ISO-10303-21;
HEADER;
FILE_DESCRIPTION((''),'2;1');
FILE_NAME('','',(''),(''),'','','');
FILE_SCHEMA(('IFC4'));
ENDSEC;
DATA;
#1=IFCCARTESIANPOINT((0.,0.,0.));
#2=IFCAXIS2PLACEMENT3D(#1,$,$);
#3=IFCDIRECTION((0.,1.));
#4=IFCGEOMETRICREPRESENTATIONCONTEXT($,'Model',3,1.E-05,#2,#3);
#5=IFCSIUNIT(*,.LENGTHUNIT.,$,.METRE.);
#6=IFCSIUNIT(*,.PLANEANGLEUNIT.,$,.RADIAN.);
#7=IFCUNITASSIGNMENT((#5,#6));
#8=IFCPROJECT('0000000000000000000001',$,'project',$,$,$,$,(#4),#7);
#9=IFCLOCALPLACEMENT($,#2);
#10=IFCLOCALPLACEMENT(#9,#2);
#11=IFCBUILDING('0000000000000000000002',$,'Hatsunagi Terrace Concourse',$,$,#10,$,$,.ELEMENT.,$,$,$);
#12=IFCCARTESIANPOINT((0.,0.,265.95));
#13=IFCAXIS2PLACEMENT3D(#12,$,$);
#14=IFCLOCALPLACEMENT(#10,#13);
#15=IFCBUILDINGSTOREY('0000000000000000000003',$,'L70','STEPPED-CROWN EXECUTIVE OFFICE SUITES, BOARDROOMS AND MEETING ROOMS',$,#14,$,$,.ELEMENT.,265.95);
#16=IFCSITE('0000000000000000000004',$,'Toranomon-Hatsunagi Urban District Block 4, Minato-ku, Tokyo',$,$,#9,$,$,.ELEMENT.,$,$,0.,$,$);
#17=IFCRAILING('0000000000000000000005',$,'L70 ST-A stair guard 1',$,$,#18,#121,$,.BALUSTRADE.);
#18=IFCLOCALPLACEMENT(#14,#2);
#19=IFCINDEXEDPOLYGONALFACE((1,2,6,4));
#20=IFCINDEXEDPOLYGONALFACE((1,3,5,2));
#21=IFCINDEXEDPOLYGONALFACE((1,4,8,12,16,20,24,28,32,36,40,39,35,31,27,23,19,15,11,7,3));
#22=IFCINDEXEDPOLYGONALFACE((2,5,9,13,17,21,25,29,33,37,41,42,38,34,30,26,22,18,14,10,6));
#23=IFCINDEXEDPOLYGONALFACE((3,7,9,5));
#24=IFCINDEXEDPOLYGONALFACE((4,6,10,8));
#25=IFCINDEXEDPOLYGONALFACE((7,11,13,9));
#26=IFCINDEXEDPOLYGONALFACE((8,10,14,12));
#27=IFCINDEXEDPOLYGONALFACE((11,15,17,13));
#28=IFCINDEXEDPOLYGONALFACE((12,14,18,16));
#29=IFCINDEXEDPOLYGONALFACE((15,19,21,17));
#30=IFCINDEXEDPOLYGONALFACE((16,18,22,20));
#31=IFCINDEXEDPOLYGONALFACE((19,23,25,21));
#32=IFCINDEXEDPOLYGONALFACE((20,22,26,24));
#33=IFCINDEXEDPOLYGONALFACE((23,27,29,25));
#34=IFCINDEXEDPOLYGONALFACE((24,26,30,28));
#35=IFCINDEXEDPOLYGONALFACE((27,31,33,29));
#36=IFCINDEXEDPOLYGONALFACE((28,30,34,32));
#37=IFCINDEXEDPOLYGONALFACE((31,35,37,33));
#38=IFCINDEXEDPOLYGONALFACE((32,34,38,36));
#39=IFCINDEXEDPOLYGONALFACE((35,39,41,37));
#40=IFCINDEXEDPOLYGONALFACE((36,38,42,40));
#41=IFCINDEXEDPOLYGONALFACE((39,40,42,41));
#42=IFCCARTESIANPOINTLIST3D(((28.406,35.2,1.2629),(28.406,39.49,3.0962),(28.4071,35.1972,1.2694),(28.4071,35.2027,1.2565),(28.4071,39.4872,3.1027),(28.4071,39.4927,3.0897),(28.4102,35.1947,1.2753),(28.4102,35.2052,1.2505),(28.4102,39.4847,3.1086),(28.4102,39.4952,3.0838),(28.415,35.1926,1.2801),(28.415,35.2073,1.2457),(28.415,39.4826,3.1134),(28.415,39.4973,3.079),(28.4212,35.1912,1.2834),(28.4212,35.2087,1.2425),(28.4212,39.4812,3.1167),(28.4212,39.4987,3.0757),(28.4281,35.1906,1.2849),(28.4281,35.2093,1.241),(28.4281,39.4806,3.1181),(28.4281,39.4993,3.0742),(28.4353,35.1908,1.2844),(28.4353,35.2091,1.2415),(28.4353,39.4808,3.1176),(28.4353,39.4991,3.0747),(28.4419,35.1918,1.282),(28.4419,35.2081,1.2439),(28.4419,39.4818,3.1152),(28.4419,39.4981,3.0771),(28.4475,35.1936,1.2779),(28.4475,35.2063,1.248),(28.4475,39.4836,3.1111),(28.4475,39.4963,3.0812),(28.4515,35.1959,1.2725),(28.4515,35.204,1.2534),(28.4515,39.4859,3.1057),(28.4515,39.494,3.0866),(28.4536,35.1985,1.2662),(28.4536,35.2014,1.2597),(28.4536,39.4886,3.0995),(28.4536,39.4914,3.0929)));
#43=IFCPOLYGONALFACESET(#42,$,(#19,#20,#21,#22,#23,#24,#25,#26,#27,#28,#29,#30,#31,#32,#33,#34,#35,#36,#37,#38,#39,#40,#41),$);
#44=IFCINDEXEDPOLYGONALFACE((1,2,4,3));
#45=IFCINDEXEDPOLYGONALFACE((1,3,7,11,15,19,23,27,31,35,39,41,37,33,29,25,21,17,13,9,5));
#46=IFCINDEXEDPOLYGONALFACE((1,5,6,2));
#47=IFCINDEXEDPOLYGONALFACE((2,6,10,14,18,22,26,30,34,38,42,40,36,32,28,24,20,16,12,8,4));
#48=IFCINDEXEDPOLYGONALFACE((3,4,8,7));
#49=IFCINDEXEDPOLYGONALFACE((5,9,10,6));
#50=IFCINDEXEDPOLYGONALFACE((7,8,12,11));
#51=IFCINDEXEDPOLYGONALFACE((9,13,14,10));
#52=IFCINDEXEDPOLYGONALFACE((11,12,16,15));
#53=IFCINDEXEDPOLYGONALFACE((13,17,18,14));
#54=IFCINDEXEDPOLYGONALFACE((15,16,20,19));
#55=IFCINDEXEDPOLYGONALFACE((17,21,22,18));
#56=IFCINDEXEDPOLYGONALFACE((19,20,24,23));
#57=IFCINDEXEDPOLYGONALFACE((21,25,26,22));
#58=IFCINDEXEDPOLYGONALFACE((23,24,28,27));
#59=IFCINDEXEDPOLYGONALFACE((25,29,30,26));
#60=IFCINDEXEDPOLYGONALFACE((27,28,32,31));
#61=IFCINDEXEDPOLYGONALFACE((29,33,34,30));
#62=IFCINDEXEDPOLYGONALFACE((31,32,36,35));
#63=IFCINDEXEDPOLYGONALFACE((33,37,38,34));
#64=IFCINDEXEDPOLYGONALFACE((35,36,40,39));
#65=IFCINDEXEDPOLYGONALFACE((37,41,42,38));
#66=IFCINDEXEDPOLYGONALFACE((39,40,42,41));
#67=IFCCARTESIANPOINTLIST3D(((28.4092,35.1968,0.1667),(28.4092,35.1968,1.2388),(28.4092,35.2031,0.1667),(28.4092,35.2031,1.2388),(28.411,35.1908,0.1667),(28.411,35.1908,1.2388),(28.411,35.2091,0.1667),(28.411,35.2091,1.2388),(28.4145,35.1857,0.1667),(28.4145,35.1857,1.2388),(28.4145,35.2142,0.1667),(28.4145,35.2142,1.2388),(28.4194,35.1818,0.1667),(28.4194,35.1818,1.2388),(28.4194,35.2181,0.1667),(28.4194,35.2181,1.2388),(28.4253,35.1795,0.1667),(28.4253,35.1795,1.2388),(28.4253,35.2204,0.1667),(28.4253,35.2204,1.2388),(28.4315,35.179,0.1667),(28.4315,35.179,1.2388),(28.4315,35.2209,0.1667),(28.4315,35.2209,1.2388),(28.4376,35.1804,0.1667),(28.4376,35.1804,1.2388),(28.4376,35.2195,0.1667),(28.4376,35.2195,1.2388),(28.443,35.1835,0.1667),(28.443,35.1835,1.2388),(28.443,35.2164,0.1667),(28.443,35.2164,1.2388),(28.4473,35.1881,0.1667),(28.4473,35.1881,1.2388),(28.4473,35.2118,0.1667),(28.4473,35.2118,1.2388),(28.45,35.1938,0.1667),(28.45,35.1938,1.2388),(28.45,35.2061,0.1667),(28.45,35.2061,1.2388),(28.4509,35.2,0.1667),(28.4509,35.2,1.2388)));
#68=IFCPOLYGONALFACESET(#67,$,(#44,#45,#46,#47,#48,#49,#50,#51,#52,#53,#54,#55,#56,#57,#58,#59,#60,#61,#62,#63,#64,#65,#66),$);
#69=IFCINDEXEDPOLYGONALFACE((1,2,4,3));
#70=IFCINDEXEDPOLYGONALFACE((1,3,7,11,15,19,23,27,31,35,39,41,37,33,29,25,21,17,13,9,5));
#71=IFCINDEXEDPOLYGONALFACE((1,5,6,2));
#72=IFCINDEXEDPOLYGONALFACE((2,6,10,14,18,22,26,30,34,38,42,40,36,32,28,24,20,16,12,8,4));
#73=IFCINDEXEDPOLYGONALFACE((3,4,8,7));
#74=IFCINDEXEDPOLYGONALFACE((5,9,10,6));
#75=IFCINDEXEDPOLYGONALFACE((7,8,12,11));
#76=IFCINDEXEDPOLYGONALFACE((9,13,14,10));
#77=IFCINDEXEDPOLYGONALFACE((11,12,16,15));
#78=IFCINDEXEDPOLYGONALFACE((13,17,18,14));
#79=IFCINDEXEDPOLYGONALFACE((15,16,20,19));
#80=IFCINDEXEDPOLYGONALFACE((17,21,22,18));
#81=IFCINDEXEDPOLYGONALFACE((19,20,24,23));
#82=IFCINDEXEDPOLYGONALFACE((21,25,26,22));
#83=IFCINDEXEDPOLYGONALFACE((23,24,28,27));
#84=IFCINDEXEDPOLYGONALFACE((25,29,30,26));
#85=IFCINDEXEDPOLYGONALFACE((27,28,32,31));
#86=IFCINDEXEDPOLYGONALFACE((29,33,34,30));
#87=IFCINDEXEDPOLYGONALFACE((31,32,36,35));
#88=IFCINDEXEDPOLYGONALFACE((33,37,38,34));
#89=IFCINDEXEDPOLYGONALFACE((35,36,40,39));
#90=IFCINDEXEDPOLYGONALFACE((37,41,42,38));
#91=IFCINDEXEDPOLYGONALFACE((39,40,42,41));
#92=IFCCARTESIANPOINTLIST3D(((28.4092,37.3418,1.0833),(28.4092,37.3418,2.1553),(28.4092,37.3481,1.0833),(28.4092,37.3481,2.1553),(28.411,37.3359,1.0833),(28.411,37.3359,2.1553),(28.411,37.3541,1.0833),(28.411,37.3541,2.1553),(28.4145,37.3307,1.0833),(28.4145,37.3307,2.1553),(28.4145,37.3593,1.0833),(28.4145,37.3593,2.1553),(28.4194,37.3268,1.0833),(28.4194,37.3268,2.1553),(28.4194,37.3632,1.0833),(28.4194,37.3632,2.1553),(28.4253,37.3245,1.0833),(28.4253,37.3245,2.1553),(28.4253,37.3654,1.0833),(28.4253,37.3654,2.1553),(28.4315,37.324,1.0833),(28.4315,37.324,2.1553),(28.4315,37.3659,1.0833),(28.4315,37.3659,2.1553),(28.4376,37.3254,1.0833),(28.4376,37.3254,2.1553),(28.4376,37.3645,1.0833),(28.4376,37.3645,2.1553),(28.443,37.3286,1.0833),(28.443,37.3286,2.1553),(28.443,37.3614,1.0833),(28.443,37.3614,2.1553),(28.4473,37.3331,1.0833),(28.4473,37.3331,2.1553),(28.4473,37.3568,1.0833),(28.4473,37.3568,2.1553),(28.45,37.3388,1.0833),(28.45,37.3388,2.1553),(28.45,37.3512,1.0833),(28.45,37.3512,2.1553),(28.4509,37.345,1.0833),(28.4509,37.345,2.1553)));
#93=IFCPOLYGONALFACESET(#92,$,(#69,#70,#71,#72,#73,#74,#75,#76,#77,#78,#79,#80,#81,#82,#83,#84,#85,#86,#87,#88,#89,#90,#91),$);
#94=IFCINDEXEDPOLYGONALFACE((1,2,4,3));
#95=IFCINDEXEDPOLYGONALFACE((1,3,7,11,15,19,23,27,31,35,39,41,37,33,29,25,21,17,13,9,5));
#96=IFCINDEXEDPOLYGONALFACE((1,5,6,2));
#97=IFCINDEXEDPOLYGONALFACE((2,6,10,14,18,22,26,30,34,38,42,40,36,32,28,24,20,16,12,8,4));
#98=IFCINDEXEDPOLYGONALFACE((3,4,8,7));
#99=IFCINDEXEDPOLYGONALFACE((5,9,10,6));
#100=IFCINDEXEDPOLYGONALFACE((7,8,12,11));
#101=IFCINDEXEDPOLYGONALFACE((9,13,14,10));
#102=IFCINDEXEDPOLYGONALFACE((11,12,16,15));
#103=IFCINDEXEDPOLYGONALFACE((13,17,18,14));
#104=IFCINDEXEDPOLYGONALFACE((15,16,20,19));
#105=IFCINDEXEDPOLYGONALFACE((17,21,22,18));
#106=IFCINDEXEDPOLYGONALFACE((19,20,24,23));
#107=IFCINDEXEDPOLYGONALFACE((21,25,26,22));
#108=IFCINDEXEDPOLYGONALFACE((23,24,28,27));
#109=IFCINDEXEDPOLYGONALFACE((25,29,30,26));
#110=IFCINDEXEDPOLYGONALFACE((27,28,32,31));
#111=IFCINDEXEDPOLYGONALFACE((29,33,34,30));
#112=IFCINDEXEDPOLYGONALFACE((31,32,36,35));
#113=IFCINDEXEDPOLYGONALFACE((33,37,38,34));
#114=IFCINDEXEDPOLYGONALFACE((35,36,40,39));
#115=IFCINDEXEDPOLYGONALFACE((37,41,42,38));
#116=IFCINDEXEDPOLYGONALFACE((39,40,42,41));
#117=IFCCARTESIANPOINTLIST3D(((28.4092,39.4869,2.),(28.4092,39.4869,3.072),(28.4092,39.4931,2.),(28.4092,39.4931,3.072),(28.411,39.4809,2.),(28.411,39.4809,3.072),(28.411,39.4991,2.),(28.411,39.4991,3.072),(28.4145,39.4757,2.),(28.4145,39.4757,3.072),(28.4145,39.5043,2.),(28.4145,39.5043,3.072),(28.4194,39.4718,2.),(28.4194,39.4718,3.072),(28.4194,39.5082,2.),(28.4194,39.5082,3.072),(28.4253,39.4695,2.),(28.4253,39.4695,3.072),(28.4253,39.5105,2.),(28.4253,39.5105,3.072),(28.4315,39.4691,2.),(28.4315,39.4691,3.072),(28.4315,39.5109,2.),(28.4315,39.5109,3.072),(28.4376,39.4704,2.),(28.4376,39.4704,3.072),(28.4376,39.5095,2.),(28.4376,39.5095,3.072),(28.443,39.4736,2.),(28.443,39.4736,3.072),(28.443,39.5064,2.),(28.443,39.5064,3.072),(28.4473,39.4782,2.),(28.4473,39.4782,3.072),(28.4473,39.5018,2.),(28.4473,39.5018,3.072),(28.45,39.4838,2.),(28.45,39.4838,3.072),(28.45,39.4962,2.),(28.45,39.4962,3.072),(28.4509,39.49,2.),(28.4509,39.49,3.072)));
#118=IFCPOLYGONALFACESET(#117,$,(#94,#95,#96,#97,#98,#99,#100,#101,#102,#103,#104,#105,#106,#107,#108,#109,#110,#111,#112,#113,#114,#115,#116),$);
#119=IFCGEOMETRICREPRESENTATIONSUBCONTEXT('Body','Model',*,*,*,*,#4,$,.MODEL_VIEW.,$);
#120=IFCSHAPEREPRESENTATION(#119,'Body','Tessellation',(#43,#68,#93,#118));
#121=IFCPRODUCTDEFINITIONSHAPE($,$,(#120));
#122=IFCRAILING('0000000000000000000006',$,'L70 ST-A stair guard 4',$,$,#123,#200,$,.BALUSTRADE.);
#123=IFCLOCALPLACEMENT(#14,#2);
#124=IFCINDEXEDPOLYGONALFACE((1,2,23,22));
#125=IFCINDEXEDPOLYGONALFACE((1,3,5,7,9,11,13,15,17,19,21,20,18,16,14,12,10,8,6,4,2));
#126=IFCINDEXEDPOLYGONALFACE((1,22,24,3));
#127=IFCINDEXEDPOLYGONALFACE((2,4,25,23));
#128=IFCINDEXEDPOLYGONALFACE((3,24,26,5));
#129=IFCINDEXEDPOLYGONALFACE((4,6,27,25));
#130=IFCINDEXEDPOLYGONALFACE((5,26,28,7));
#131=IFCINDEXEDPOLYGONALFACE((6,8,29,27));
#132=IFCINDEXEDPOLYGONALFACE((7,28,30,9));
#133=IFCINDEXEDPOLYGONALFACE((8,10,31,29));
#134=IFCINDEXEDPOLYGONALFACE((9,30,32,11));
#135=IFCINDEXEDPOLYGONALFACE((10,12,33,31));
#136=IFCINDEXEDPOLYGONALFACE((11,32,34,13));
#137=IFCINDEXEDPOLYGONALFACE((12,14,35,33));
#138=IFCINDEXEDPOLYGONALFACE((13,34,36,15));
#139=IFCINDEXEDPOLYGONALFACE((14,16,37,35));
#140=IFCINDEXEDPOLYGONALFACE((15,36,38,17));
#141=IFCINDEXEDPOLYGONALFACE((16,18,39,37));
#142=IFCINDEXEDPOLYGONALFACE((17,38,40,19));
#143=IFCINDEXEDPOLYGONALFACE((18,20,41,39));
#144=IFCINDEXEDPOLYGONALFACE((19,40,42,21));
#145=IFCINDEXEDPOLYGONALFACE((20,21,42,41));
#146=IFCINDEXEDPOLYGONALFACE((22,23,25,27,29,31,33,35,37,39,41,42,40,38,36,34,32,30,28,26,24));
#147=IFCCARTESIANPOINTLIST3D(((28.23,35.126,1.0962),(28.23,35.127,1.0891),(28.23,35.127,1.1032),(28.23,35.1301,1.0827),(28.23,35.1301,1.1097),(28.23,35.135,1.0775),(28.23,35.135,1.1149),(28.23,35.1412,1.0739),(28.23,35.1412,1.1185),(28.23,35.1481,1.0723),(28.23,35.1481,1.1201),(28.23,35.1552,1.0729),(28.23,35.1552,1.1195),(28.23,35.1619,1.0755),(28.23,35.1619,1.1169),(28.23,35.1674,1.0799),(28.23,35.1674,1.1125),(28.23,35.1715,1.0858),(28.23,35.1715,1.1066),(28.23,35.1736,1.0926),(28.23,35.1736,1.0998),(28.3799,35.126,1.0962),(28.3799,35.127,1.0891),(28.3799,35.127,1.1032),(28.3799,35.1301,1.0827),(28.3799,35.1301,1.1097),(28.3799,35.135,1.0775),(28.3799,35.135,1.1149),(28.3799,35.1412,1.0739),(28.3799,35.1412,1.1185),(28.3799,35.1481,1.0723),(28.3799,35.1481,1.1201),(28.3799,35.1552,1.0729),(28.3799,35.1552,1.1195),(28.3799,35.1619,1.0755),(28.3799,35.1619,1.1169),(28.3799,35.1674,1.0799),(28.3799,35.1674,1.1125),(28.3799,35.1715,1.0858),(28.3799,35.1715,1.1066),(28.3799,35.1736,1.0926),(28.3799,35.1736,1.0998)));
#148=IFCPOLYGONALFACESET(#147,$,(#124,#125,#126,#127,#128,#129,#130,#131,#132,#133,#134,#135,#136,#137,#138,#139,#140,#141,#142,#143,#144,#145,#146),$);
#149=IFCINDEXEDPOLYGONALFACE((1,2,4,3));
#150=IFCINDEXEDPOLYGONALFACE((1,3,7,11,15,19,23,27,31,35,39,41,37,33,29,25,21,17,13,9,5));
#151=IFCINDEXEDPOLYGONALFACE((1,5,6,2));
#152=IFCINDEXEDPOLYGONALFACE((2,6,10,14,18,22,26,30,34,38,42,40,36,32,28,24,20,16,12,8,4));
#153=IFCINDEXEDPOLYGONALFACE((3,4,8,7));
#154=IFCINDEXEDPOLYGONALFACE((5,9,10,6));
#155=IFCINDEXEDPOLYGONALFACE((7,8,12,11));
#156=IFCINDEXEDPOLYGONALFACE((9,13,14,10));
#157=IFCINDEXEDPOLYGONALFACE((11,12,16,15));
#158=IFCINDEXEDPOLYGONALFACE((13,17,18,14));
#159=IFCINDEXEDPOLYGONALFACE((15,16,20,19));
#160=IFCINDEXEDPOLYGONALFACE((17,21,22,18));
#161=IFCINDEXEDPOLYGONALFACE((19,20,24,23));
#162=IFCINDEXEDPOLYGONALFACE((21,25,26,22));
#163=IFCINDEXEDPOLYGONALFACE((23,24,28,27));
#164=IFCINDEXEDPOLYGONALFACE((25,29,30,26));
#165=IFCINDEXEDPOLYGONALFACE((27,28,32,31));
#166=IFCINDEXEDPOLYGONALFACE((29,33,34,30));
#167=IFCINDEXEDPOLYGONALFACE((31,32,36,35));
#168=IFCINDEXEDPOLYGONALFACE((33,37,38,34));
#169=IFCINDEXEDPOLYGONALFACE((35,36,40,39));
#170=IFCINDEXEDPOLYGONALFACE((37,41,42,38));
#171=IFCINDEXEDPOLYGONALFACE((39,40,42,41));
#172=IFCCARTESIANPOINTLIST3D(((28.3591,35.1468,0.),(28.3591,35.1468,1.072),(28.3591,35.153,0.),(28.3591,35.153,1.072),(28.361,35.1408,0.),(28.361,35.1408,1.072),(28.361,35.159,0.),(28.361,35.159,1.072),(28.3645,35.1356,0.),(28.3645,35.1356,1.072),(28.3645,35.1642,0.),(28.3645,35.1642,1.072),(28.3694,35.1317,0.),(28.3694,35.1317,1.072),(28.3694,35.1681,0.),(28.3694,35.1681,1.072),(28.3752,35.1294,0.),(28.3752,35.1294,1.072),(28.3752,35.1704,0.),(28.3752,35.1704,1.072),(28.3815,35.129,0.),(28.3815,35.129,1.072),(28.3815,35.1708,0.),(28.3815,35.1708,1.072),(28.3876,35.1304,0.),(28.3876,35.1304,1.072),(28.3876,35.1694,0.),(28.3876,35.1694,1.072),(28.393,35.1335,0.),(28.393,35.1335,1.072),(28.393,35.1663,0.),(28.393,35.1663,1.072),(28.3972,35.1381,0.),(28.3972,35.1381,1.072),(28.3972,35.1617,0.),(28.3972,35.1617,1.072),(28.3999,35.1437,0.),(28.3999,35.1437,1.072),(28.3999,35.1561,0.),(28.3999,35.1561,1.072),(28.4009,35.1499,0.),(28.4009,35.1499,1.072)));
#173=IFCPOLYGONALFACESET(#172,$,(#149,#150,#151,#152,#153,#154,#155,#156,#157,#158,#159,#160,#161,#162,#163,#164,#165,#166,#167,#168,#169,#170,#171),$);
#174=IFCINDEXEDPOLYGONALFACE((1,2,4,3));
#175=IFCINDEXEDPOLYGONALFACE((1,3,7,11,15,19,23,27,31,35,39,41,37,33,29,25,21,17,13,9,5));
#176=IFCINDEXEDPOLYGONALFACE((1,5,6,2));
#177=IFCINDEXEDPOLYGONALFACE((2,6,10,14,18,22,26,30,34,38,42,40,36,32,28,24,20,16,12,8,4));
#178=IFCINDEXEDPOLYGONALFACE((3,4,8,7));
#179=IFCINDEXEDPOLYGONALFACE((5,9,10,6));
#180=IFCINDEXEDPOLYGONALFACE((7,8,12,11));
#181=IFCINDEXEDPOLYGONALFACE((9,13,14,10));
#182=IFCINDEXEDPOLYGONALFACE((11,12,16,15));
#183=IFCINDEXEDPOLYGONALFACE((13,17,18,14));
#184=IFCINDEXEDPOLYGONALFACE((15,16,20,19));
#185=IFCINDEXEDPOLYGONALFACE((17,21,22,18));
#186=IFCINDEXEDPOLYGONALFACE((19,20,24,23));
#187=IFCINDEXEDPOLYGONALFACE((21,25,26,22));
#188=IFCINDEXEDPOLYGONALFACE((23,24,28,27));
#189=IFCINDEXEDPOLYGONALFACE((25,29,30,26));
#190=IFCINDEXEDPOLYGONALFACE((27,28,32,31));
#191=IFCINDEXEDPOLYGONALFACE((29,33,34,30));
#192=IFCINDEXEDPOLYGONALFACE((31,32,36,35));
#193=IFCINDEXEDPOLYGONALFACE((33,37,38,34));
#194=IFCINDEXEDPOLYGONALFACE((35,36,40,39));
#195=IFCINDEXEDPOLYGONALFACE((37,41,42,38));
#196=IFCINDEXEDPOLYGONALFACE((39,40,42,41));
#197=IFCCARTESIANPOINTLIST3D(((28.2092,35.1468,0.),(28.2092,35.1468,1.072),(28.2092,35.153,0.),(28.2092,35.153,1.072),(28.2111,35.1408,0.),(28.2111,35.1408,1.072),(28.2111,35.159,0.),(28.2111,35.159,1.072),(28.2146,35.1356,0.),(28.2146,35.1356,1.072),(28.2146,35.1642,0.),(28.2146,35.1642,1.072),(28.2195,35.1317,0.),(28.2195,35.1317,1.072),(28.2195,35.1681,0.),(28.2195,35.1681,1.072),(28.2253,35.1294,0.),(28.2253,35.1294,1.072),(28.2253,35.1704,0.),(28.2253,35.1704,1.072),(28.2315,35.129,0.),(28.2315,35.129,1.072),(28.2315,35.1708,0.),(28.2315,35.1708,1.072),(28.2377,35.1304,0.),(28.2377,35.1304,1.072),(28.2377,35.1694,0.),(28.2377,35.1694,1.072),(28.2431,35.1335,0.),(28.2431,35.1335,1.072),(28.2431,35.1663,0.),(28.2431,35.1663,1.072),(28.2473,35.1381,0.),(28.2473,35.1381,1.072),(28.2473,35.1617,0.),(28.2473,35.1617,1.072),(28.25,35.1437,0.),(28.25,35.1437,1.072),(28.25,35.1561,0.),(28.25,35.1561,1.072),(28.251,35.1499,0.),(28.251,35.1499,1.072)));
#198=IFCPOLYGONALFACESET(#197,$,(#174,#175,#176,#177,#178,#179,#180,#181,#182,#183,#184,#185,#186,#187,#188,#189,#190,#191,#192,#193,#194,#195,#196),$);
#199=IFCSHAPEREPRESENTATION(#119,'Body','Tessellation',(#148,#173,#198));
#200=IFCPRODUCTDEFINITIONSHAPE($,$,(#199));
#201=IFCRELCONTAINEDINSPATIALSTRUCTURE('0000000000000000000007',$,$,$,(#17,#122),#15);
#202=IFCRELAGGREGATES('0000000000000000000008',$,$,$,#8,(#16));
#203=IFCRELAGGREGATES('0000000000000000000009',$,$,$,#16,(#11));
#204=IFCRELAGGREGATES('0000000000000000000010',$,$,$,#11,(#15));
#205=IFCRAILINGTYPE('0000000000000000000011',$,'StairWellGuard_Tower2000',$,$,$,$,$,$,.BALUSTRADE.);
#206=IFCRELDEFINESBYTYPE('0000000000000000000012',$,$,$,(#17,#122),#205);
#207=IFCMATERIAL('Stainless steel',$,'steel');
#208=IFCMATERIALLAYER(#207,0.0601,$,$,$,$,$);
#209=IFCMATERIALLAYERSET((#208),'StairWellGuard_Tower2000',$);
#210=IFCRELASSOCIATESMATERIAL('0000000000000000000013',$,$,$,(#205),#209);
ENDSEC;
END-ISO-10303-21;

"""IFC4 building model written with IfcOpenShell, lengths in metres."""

from ifc_helpers import new_model, si_unit, direction, frame, origin, origin_2d, place, context, subcontext, project, spatial, circle, extrude, material, layer, layer_set, type_object, element, save


model = new_model("IFC4")

# Units and contexts
model_context = context("Model", 3, precision=1e-05, world=origin(), true_north=direction((0.0, 1.0)))
body_context = subcontext(model_context, "Body", "Model", "MODEL_VIEW")
ifc_project = project(units=[si_unit("LENGTHUNIT", "METRE"), si_unit("PLANEANGLEUNIT", "RADIAN")], contexts=[model_context])

# Site, building, storey
site_placement = place(None, origin())
site = spatial("IfcSite", under=ifc_project, at=site_placement, Name="Toranomon-Hatsunagi Urban District Block 4, Minato-ku, Tokyo", CompositionType="ELEMENT", RefElevation=0.0)
building_placement = place(site_placement, origin())
building = spatial("IfcBuilding", under=site, at=building_placement, Name="Hatsunagi Terrace Concourse", CompositionType="ELEMENT")
storey_placement = place(building_placement, frame((0.0, 0.0, 265.95)))
storey = spatial("IfcBuildingStorey", under=building, at=storey_placement, Name="L70", Description="STEPPED-CROWN EXECUTIVE OFFICE SUITES, BOARDROOMS AND MEETING ROOMS", CompositionType="ELEMENT", Elevation=265.95)

# Railings
ifc_material_1 = material(Name="Stainless steel", Category="steel")
ifc_layer_1 = layer(ifc_material_1, 0.0601)
ifc_layer_set_1 = layer_set([ifc_layer_1], Name="StairWellGuard_Tower2000")
railing_type_1 = type_object("IfcRailingType", Name="StairWellGuard_Tower2000", PredefinedType="BALUSTRADE", material=ifc_layer_set_1)
railing_1_placement = place(storey_placement, frame((28.4299, 35.2, 0.1667)))
element("IfcRailing", 1, at=railing_1_placement, inside=storey, type_object=railing_type_1, Name="L70 ST-A stair guard 1", PredefinedType="BALUSTRADE", context=body_context, shape_type="SweptSolid", body=[
    extrude(circle(Radius=0.0239, at=origin_2d()), frame((0.0, 0.0, 1.0962), z_axis=(0.0, 0.919559, 0.392953), x_axis=(-1.0, 0.0, 0.0)), (0.0, 0.0, 1.0), 4.6653),
    extrude(circle(Radius=0.021, at=origin_2d()), origin(), (0.0, 0.0, 1.0), 1.072),
    extrude(circle(Radius=0.021, at=origin_2d()), frame((0.0, 2.145, 0.9165)), (0.0, 0.0, 1.0), 1.072),
    extrude(circle(Radius=0.021, at=origin_2d()), frame((0.0, 4.29, 1.8333)), (0.0, 0.0, 1.0), 1.072),
])
railing_2_placement = place(storey_placement, frame((28.3799, 35.1499, 0.0)))
element("IfcRailing", 2, at=railing_2_placement, inside=storey, type_object=railing_type_1, Name="L70 ST-A stair guard 4", PredefinedType="BALUSTRADE", context=body_context, shape_type="SweptSolid", body=[
    extrude(circle(Radius=0.0239, at=origin_2d()), frame((0.0, 0.0, 1.0962), z_axis=(-1.0, 0.0, 0.0), x_axis=(0.0, -1.0, 0.0)), (0.0, 0.0, 1.0), 0.1499),
    extrude(circle(Radius=0.021, at=origin_2d()), origin(), (0.0, 0.0, 1.0), 1.072),
    extrude(circle(Radius=0.021, at=origin_2d()), frame((-0.1499, 0.0, 0.0)), (0.0, 0.0, 1.0), 1.072),
])

save(model, "model.ifc")
